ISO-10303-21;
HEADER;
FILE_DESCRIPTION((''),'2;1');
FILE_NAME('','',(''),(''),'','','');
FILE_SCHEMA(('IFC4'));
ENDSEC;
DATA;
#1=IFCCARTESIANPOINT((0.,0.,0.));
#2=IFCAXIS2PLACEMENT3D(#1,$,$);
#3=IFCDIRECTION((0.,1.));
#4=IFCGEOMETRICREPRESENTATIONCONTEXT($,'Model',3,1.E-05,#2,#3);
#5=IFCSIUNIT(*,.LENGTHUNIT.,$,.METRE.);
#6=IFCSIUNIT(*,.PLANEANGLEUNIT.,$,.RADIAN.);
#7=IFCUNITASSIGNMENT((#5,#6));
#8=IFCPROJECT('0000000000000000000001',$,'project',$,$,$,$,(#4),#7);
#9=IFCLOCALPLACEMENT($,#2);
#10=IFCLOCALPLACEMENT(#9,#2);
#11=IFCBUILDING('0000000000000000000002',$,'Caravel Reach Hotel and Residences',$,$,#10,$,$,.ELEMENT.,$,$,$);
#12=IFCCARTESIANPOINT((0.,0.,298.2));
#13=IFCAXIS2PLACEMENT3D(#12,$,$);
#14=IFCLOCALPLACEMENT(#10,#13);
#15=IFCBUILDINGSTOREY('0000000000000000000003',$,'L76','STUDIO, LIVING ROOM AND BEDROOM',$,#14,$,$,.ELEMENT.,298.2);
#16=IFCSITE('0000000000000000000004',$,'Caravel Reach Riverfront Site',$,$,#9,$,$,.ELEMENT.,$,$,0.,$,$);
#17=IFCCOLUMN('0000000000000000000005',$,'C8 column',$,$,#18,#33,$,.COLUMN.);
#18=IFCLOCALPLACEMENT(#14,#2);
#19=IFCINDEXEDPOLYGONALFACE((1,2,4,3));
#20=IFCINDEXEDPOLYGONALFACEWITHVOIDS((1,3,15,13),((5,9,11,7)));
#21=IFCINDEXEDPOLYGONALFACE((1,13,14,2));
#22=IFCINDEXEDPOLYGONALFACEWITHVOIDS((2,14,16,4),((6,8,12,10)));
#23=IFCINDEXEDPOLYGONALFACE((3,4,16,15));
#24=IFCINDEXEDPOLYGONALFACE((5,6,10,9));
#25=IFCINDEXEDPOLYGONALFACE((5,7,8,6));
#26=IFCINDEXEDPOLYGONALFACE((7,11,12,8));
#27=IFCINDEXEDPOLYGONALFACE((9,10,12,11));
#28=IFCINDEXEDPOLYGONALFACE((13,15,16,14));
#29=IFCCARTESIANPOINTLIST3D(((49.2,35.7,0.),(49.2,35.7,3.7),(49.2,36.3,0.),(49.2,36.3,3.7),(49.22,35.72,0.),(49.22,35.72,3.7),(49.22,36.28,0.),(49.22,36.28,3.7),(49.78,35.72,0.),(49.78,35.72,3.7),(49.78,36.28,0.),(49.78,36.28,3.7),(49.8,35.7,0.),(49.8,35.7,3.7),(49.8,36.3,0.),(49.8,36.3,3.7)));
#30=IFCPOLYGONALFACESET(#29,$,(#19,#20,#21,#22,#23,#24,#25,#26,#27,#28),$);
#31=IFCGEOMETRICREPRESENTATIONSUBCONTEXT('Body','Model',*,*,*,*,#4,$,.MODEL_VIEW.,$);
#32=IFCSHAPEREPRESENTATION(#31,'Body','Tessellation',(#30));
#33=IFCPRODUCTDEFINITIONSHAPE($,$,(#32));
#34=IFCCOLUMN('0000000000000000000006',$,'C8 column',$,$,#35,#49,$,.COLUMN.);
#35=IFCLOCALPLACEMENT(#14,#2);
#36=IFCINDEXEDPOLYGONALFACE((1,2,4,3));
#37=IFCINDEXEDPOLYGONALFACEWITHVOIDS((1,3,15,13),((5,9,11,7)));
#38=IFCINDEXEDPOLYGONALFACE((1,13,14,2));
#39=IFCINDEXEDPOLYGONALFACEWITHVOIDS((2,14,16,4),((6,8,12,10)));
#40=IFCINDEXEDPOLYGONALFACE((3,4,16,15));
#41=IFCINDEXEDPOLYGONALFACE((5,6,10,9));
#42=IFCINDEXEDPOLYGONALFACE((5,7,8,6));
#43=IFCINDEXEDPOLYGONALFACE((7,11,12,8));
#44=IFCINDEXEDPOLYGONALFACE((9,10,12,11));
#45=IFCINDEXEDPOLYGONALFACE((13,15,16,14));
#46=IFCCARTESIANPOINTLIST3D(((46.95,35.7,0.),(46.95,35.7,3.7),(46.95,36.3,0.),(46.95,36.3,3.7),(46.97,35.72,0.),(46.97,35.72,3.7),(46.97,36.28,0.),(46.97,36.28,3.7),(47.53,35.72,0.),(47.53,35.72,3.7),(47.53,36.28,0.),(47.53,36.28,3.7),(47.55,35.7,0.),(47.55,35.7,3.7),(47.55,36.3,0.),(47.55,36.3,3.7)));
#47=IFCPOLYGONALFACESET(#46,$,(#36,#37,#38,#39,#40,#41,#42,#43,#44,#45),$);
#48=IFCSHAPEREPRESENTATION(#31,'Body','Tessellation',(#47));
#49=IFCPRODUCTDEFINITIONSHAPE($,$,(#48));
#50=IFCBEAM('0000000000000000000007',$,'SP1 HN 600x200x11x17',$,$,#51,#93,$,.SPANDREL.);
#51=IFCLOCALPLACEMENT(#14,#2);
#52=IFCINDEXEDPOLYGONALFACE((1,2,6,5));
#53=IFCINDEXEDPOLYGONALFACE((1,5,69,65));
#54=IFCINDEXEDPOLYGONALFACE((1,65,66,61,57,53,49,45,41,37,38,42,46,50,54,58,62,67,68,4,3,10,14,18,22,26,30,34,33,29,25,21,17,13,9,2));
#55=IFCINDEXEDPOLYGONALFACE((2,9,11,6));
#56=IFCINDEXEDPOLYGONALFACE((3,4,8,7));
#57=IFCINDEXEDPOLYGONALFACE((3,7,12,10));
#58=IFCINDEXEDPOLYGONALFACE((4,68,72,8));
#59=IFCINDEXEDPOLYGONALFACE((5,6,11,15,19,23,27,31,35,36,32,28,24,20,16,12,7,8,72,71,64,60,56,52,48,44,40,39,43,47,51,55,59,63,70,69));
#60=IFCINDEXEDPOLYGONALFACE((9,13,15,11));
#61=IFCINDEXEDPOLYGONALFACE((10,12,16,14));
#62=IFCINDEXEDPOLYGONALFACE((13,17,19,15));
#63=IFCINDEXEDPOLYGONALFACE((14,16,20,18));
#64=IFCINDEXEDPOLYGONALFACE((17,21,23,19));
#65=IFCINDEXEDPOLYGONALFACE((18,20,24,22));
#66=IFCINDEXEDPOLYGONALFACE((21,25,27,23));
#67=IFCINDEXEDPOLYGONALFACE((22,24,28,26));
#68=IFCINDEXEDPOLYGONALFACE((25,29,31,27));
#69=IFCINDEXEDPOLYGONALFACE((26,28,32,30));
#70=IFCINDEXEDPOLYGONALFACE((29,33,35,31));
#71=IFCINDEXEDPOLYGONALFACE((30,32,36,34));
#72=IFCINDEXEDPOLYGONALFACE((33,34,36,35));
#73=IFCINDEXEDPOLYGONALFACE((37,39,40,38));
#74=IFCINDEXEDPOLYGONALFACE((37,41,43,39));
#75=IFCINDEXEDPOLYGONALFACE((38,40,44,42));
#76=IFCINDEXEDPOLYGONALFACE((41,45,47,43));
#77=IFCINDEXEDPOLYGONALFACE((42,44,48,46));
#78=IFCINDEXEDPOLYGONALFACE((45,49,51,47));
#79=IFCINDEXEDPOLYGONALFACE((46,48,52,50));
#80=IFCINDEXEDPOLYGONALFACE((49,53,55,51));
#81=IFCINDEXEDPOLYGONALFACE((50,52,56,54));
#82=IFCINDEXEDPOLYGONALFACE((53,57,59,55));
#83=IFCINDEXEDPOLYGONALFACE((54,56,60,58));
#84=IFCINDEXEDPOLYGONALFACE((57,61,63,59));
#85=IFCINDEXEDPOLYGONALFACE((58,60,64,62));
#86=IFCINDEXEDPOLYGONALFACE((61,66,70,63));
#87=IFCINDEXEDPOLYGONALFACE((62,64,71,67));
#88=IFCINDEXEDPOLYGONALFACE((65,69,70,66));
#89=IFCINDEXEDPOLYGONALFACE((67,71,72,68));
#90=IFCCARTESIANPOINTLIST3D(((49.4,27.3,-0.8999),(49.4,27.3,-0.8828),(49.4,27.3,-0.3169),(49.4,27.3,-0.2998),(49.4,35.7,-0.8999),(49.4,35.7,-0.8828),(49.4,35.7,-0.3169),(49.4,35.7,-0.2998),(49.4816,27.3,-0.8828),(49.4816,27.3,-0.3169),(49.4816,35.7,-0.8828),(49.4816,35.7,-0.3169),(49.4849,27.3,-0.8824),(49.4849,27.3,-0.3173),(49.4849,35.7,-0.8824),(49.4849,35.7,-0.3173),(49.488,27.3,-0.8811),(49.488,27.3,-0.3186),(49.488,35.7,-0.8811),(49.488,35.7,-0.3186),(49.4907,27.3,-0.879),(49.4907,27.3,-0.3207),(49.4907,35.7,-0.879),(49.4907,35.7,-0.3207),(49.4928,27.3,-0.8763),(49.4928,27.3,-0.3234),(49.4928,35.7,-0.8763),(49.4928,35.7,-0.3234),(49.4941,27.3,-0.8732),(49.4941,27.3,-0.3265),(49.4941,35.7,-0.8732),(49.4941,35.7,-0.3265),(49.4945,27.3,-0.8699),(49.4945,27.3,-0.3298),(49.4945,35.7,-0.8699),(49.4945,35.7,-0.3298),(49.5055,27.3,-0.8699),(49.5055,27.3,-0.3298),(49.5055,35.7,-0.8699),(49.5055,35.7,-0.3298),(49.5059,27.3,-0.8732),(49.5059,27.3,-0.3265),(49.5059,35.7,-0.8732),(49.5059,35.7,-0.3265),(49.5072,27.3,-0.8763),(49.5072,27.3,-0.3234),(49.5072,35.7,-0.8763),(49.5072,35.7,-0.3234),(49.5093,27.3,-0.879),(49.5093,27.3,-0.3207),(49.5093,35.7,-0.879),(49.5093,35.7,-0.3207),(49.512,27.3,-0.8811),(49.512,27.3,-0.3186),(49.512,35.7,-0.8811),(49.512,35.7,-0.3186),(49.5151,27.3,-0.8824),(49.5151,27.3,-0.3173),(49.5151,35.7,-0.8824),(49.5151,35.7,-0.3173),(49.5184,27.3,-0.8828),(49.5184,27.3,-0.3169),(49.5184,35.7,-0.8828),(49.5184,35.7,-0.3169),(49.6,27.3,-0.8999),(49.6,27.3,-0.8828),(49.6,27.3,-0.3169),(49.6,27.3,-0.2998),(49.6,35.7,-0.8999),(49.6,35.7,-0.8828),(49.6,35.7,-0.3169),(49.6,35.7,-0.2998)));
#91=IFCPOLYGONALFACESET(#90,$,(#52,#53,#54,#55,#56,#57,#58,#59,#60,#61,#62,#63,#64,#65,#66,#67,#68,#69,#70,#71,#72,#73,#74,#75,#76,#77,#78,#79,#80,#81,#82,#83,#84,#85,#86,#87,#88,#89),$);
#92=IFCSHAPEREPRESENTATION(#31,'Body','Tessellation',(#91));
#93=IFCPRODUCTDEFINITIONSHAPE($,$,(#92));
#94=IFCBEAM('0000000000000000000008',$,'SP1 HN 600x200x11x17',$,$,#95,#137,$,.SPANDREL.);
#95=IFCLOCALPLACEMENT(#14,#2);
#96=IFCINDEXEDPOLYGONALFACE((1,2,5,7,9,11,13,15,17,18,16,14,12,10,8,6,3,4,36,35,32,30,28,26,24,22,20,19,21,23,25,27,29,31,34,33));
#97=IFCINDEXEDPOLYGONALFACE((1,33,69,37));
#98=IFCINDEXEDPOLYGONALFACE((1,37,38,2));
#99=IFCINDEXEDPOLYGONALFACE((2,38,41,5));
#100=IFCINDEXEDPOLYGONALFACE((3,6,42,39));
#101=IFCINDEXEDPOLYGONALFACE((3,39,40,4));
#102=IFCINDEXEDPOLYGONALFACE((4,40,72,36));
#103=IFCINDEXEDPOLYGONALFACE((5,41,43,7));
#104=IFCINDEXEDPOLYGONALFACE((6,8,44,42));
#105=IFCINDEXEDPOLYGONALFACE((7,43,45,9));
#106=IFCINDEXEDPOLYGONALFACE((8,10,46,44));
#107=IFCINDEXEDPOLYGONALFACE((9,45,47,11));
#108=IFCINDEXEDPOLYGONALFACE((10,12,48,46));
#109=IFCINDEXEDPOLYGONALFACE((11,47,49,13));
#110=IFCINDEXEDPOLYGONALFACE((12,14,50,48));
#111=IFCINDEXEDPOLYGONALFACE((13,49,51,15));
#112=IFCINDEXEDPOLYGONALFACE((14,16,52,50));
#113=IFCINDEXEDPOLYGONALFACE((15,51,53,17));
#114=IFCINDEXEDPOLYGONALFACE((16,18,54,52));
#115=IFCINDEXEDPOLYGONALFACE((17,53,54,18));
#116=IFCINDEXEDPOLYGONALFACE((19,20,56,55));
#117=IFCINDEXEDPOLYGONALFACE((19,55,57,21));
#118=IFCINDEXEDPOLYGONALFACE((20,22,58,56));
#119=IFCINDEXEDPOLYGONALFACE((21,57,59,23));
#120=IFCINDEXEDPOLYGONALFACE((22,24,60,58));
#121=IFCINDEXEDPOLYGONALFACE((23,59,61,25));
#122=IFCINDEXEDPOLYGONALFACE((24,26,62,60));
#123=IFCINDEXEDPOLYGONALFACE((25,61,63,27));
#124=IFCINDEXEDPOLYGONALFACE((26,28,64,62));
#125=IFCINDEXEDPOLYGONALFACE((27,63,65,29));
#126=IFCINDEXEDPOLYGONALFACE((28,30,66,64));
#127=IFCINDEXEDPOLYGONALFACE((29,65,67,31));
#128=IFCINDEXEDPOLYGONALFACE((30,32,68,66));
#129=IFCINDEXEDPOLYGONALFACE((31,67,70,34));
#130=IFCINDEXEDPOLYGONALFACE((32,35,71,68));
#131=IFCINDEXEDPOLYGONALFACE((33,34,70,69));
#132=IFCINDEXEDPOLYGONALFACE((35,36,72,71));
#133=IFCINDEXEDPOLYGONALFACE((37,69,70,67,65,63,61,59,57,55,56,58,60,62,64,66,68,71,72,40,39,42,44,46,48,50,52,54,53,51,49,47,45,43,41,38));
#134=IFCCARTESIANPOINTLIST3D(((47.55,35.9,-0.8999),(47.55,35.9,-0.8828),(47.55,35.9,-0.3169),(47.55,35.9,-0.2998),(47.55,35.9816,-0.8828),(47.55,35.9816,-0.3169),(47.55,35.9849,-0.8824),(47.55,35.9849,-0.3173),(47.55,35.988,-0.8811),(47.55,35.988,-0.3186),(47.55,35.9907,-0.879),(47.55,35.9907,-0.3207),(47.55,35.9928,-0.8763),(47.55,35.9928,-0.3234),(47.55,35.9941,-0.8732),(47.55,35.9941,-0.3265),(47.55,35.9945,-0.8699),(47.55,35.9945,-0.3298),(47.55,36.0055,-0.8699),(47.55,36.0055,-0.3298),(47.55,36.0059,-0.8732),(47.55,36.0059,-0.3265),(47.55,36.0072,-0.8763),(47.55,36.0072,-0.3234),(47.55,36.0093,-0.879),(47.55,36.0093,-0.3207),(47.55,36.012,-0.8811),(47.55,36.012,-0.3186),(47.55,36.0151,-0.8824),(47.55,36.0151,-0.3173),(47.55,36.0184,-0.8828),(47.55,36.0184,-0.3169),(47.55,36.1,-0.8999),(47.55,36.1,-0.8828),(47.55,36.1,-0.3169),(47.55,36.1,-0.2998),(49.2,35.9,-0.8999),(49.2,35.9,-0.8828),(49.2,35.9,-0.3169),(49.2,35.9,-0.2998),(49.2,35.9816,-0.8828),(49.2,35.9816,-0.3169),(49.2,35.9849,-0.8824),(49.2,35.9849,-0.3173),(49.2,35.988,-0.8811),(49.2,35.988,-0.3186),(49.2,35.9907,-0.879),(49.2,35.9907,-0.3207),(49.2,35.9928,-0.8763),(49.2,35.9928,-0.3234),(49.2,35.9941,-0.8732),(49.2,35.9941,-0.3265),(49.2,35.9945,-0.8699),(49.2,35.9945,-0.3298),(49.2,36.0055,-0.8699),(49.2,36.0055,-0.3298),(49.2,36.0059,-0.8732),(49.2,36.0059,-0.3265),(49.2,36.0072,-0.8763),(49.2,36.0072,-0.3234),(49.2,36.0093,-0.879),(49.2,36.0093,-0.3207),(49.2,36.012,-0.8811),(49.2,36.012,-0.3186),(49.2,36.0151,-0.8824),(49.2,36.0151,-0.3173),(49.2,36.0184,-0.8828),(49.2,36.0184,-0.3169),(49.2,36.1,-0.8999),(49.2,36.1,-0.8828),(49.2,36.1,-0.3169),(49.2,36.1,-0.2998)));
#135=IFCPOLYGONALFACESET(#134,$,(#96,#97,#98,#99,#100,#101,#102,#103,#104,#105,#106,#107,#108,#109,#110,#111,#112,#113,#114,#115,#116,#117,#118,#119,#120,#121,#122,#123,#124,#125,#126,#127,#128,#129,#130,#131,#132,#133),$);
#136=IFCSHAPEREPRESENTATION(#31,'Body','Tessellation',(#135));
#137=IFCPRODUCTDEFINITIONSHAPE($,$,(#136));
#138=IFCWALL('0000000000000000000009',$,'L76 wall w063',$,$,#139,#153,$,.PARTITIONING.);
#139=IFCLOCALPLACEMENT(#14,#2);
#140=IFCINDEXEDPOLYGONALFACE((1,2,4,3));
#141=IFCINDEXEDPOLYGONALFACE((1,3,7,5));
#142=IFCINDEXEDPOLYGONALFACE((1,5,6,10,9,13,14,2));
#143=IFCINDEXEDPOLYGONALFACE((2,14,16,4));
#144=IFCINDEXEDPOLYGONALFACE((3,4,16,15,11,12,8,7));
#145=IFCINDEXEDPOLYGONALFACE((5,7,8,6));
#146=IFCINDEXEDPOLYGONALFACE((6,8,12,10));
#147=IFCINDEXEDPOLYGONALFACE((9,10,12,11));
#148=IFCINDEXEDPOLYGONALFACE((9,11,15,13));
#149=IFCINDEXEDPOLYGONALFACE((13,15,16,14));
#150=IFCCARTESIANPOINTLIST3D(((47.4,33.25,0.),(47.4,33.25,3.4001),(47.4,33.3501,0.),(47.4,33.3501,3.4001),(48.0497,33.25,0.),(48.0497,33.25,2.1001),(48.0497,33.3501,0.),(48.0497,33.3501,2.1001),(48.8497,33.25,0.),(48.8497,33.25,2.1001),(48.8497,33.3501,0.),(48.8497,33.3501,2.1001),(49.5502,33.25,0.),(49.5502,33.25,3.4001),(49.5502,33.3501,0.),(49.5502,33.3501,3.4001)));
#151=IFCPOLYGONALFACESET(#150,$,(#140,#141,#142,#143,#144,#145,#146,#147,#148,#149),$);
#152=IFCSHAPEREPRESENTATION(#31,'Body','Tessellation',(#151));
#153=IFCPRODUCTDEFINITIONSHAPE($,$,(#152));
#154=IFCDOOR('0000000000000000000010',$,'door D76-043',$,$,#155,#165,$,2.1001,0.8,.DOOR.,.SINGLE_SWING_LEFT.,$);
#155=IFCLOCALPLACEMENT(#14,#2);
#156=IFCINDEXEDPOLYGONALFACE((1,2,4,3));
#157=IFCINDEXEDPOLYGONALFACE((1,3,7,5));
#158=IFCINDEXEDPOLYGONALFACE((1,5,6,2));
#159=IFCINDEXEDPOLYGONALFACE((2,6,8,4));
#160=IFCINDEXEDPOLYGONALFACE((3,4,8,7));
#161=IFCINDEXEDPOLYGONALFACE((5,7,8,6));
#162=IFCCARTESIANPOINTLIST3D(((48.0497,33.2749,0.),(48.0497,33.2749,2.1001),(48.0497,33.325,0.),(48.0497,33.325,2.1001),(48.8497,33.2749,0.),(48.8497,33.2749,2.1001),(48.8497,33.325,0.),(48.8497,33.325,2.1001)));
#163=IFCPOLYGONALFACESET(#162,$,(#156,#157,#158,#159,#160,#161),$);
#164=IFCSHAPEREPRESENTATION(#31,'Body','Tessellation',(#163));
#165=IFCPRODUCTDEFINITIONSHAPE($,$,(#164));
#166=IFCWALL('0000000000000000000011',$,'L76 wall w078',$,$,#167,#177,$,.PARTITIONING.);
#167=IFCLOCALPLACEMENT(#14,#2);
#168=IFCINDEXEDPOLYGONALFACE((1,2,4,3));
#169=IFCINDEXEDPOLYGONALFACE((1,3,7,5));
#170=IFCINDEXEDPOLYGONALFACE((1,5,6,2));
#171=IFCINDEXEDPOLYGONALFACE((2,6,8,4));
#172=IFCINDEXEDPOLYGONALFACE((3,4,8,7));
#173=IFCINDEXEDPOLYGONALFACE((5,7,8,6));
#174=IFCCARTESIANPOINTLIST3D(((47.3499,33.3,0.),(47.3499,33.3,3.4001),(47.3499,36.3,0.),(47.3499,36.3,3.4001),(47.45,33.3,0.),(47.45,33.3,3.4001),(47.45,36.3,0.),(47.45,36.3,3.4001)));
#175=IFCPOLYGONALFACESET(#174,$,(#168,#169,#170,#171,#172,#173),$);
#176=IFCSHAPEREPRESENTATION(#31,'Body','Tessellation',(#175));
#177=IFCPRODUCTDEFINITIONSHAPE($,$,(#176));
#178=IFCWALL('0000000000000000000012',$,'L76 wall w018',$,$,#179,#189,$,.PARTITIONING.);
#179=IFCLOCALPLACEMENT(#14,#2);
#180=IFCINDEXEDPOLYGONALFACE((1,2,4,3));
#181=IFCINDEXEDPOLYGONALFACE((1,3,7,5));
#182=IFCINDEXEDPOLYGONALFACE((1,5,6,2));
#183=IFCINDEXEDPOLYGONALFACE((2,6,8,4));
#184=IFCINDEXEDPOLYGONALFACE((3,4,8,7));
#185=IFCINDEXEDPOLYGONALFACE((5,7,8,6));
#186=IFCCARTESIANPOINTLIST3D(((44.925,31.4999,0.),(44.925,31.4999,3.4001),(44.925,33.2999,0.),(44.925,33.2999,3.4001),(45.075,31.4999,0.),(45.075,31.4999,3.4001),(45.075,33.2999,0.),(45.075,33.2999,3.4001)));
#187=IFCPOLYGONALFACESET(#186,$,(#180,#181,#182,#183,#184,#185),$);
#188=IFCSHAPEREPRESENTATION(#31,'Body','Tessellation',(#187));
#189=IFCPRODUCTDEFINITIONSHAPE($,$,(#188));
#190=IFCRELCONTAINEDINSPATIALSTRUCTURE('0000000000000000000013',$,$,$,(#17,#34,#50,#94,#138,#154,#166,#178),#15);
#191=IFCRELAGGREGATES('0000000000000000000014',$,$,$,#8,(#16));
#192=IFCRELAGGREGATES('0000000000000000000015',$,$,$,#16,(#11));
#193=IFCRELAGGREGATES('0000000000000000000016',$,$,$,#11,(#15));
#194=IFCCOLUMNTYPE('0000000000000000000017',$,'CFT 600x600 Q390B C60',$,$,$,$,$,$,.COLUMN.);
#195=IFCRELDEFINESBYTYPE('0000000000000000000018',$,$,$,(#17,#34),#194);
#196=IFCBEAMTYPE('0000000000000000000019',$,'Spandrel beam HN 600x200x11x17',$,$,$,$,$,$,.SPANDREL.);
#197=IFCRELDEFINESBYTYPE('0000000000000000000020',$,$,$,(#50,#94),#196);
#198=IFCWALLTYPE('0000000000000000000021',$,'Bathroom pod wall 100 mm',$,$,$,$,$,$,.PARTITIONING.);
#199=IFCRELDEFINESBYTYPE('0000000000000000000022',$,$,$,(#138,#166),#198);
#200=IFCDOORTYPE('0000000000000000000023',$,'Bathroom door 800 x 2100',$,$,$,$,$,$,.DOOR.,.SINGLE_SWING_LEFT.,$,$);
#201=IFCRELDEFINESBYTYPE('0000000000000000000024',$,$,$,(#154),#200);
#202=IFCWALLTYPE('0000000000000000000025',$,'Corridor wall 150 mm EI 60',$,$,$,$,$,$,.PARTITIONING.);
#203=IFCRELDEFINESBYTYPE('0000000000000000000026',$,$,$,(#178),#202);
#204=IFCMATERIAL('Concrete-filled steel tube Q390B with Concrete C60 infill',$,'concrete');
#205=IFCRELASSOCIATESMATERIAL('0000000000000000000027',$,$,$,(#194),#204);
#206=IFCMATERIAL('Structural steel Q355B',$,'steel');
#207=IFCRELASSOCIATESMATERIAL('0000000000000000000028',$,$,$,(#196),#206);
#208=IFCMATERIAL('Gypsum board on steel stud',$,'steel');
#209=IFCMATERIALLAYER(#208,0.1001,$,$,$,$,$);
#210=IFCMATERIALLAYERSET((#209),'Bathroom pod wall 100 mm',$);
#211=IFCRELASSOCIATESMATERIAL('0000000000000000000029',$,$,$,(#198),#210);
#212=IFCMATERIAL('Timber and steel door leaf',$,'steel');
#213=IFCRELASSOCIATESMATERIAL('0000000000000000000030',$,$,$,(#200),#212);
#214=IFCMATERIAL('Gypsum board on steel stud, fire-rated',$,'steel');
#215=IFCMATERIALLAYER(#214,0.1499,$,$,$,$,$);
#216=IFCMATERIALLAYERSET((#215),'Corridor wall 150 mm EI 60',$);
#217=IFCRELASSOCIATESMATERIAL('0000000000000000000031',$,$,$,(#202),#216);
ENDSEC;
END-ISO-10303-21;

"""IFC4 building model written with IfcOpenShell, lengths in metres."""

from ifc_helpers import new_model, si_unit, direction, frame, frame_2d, origin, origin_2d, place, context, subcontext, project, spatial, rectangle, hollow_rectangle, i_section, extrude, material, layer, layer_set, material_profile, profile_set, type_object, element, fill, save


model = new_model("IFC4")

# Units and contexts
model_context = context("Model", 3, precision=1e-05, world=origin(), true_north=direction((0.0, 1.0)))
body_context = subcontext(model_context, "Body", "Model", "MODEL_VIEW")
ifc_project = project(units=[si_unit("LENGTHUNIT", "METRE"), si_unit("PLANEANGLEUNIT", "RADIAN")], contexts=[model_context])

# Site, building, storey
site_placement = place(None, origin())
site = spatial("IfcSite", under=ifc_project, at=site_placement, Name="Caravel Reach Riverfront Site", CompositionType="ELEMENT", RefElevation=0.0)
building_placement = place(site_placement, origin())
building = spatial("IfcBuilding", under=site, at=building_placement, Name="Caravel Reach Hotel and Residences", CompositionType="ELEMENT")
storey_placement = place(building_placement, frame((0.0, 0.0, 298.2)))
storey = spatial("IfcBuildingStorey", under=building, at=storey_placement, Name="L76", Description="STUDIO, LIVING ROOM AND BEDROOM", CompositionType="ELEMENT", Elevation=298.2)

# Columns
ifc_material_1 = material(Name="Concrete-filled steel tube Q390B with Concrete C60 infill", Category="concrete")
ifc_material_profile_1 = material_profile(ifc_material_1, hollow_rectangle(XDim=0.6001, YDim=0.6001, WallThickness=0.02, at=origin_2d()), Name="RHS 600x600x20")
ifc_profile_set_1 = profile_set([ifc_material_profile_1], Name="Concrete-filled steel tube Q390B with Concrete C60 infill")
column_type = type_object("IfcColumnType", Name="CFT 600x600 Q390B C60", PredefinedType="COLUMN", material=ifc_profile_set_1)
for number, where, z_axis, x_axis, name in (
    (1, (49.5, 36.0, 0.0), (0.0, 0.0, 1.0), (1.0, 0.0, 0.0), "C8 column"),
    (2, (47.25, 36.0, 0.0), (0.0, 0.0, 1.0), (1.0, 0.0, 0.0), "C8 column"),
):
    element("IfcColumn", number, at=place(storey_placement, frame(where, z_axis=z_axis, x_axis=x_axis)), inside=storey, type_object=column_type, Name=name, PredefinedType="COLUMN", context=body_context, shape_type="SweptSolid", body=[
        extrude(hollow_rectangle(XDim=0.6001, YDim=0.6001, WallThickness=0.02, at=origin_2d()), origin(), (0.0, 0.0, 1.0), 3.7),
    ])

# Beams
ifc_material_2 = material(Name="Structural steel Q355B", Category="steel")
ifc_material_profile_2 = material_profile(ifc_material_2, i_section(OverallWidth=0.2, OverallDepth=0.6001, WebThickness=0.011, FlangeThickness=0.0171, FilletRadius=0.0129, at=origin_2d()), Name="HN 600x200x11x17")
ifc_profile_set_2 = profile_set([ifc_material_profile_2], Name="Structural steel Q355B")
beam_type = type_object("IfcBeamType", Name="Spandrel beam HN 600x200x11x17", PredefinedType="SPANDREL", material=ifc_profile_set_2)
beam_1_placement = place(storey_placement, frame((49.5, 27.3, -0.5999), z_axis=(0.0, 1.0, 0.0), x_axis=(-1.0, 0.0, 0.0)))
element("IfcBeam", 3, at=beam_1_placement, inside=storey, type_object=beam_type, Name="SP1 HN 600x200x11x17", PredefinedType="SPANDREL", context=body_context, shape_type="SweptSolid", body=[
    extrude(i_section(OverallWidth=0.2, OverallDepth=0.6001, WebThickness=0.011, FlangeThickness=0.0171, FilletRadius=0.0129, at=origin_2d()), origin(), (0.0, 0.0, 1.0), 8.3999),
])
beam_2_placement = place(storey_placement, frame((49.2, 36.0, -0.5999), z_axis=(-1.0, 0.0, 0.0), x_axis=(0.0, -1.0, 0.0)))
element("IfcBeam", 4, at=beam_2_placement, inside=storey, type_object=beam_type, Name="SP1 HN 600x200x11x17", PredefinedType="SPANDREL", context=body_context, shape_type="SweptSolid", body=[
    extrude(i_section(OverallWidth=0.2, OverallDepth=0.6001, WebThickness=0.011, FlangeThickness=0.0171, FilletRadius=0.0129, at=origin_2d()), origin(), (0.0, 0.0, 1.0), 1.6499),
])

# Wall, opening, door
ifc_material_3 = material(Name="Gypsum board on steel stud", Category="steel")
ifc_layer_1 = layer(ifc_material_3, 0.1001)
ifc_layer_set_1 = layer_set([ifc_layer_1], Name="Bathroom pod wall 100 mm")
wall_type_1 = type_object("IfcWallType", Name="Bathroom pod wall 100 mm", PredefinedType="PARTITIONING", material=ifc_layer_set_1)
wall_1_placement = place(storey_placement, frame((47.3999, 33.3, 0.0), z_axis=(0.0, 0.0, 1.0), x_axis=(1.0, 0.0, 0.0)))
wall_1 = element("IfcWall", 5, at=wall_1_placement, inside=storey, type_object=wall_type_1, Name="L76 wall w063", PredefinedType="PARTITIONING", context=body_context, shape_type="SweptSolid", body=[
    extrude(rectangle(XDim=2.1501, YDim=0.1001, at=frame_2d((1.0752, 0.0))), origin(), (0.0, 0.0, 1.0), 3.4001),
])
opening_1_placement = place(wall_1_placement, frame((0.6499, 0.0, 0.0)))
opening_1 = element("IfcOpeningElement", 6, at=opening_1_placement, cuts=wall_1, PredefinedType="OPENING", context=body_context, shape_type="SweptSolid", body=[
    extrude(rectangle(XDim=0.8, YDim=2.1001, at=frame_2d((0.3999, 1.05))), frame((0.0, 0.0601, 0.0), z_axis=(0.0, -1.0, 0.0), x_axis=(1.0, 0.0, 0.0)), (0.0, 0.0, 1.0), 0.1201),
])
ifc_material_4 = material(Name="Timber and steel door leaf", Category="steel")
door_type_1 = type_object("IfcDoorType", Name="Bathroom door 800 x 2100", OperationType="SINGLE_SWING_LEFT", PredefinedType="DOOR", material=ifc_material_4)
door_1_placement = place(opening_1_placement, origin())
door_1 = element("IfcDoor", 7, at=door_1_placement, inside=storey, type_object=door_type_1, Name="door D76-043", OperationType="SINGLE_SWING_LEFT", OverallHeight=2.1001, OverallWidth=0.8, PredefinedType="DOOR", context=body_context, shape_type="SweptSolid", body=[
    extrude(rectangle(XDim=0.8, YDim=2.1001, at=frame_2d((0.3999, 1.05))), frame((0.0, 0.0249, 0.0), z_axis=(0.0, -1.0, 0.0), x_axis=(1.0, 0.0, 0.0)), (0.0, 0.0, 1.0), 0.05),
])
fill(opening_1, door_1)

# Walls
wall_2_placement = place(storey_placement, frame((47.3999, 33.3, 0.0), z_axis=(0.0, 0.0, 1.0), x_axis=(0.0, 1.0, 0.0)))
element("IfcWall", 8, at=wall_2_placement, inside=storey, type_object=wall_type_1, Name="L76 wall w078", PredefinedType="PARTITIONING", context=body_context, shape_type="SweptSolid", body=[
    extrude(rectangle(XDim=3.0, YDim=0.1001, at=frame_2d((1.5, 0.0))), origin(), (0.0, 0.0, 1.0), 3.4001),
])
ifc_material_5 = material(Name="Gypsum board on steel stud, fire-rated", Category="steel")
ifc_layer_2 = layer(ifc_material_5, 0.1499)
ifc_layer_set_2 = layer_set([ifc_layer_2], Name="Corridor wall 150 mm EI 60")
wall_type_2 = type_object("IfcWallType", Name="Corridor wall 150 mm EI 60", PredefinedType="PARTITIONING", material=ifc_layer_set_2)
wall_3_placement = place(storey_placement, frame((45.0, 31.5, 0.0), z_axis=(0.0, 0.0, 1.0), x_axis=(0.0, 1.0, 0.0)))
element("IfcWall", 9, at=wall_3_placement, inside=storey, type_object=wall_type_2, Name="L76 wall w018", PredefinedType="PARTITIONING", context=body_context, shape_type="SweptSolid", body=[
    extrude(rectangle(XDim=1.8, YDim=0.1499, at=frame_2d((0.8999, 0.0))), origin(), (0.0, 0.0, 1.0), 3.4001),
])

save(model, "model.ifc")
